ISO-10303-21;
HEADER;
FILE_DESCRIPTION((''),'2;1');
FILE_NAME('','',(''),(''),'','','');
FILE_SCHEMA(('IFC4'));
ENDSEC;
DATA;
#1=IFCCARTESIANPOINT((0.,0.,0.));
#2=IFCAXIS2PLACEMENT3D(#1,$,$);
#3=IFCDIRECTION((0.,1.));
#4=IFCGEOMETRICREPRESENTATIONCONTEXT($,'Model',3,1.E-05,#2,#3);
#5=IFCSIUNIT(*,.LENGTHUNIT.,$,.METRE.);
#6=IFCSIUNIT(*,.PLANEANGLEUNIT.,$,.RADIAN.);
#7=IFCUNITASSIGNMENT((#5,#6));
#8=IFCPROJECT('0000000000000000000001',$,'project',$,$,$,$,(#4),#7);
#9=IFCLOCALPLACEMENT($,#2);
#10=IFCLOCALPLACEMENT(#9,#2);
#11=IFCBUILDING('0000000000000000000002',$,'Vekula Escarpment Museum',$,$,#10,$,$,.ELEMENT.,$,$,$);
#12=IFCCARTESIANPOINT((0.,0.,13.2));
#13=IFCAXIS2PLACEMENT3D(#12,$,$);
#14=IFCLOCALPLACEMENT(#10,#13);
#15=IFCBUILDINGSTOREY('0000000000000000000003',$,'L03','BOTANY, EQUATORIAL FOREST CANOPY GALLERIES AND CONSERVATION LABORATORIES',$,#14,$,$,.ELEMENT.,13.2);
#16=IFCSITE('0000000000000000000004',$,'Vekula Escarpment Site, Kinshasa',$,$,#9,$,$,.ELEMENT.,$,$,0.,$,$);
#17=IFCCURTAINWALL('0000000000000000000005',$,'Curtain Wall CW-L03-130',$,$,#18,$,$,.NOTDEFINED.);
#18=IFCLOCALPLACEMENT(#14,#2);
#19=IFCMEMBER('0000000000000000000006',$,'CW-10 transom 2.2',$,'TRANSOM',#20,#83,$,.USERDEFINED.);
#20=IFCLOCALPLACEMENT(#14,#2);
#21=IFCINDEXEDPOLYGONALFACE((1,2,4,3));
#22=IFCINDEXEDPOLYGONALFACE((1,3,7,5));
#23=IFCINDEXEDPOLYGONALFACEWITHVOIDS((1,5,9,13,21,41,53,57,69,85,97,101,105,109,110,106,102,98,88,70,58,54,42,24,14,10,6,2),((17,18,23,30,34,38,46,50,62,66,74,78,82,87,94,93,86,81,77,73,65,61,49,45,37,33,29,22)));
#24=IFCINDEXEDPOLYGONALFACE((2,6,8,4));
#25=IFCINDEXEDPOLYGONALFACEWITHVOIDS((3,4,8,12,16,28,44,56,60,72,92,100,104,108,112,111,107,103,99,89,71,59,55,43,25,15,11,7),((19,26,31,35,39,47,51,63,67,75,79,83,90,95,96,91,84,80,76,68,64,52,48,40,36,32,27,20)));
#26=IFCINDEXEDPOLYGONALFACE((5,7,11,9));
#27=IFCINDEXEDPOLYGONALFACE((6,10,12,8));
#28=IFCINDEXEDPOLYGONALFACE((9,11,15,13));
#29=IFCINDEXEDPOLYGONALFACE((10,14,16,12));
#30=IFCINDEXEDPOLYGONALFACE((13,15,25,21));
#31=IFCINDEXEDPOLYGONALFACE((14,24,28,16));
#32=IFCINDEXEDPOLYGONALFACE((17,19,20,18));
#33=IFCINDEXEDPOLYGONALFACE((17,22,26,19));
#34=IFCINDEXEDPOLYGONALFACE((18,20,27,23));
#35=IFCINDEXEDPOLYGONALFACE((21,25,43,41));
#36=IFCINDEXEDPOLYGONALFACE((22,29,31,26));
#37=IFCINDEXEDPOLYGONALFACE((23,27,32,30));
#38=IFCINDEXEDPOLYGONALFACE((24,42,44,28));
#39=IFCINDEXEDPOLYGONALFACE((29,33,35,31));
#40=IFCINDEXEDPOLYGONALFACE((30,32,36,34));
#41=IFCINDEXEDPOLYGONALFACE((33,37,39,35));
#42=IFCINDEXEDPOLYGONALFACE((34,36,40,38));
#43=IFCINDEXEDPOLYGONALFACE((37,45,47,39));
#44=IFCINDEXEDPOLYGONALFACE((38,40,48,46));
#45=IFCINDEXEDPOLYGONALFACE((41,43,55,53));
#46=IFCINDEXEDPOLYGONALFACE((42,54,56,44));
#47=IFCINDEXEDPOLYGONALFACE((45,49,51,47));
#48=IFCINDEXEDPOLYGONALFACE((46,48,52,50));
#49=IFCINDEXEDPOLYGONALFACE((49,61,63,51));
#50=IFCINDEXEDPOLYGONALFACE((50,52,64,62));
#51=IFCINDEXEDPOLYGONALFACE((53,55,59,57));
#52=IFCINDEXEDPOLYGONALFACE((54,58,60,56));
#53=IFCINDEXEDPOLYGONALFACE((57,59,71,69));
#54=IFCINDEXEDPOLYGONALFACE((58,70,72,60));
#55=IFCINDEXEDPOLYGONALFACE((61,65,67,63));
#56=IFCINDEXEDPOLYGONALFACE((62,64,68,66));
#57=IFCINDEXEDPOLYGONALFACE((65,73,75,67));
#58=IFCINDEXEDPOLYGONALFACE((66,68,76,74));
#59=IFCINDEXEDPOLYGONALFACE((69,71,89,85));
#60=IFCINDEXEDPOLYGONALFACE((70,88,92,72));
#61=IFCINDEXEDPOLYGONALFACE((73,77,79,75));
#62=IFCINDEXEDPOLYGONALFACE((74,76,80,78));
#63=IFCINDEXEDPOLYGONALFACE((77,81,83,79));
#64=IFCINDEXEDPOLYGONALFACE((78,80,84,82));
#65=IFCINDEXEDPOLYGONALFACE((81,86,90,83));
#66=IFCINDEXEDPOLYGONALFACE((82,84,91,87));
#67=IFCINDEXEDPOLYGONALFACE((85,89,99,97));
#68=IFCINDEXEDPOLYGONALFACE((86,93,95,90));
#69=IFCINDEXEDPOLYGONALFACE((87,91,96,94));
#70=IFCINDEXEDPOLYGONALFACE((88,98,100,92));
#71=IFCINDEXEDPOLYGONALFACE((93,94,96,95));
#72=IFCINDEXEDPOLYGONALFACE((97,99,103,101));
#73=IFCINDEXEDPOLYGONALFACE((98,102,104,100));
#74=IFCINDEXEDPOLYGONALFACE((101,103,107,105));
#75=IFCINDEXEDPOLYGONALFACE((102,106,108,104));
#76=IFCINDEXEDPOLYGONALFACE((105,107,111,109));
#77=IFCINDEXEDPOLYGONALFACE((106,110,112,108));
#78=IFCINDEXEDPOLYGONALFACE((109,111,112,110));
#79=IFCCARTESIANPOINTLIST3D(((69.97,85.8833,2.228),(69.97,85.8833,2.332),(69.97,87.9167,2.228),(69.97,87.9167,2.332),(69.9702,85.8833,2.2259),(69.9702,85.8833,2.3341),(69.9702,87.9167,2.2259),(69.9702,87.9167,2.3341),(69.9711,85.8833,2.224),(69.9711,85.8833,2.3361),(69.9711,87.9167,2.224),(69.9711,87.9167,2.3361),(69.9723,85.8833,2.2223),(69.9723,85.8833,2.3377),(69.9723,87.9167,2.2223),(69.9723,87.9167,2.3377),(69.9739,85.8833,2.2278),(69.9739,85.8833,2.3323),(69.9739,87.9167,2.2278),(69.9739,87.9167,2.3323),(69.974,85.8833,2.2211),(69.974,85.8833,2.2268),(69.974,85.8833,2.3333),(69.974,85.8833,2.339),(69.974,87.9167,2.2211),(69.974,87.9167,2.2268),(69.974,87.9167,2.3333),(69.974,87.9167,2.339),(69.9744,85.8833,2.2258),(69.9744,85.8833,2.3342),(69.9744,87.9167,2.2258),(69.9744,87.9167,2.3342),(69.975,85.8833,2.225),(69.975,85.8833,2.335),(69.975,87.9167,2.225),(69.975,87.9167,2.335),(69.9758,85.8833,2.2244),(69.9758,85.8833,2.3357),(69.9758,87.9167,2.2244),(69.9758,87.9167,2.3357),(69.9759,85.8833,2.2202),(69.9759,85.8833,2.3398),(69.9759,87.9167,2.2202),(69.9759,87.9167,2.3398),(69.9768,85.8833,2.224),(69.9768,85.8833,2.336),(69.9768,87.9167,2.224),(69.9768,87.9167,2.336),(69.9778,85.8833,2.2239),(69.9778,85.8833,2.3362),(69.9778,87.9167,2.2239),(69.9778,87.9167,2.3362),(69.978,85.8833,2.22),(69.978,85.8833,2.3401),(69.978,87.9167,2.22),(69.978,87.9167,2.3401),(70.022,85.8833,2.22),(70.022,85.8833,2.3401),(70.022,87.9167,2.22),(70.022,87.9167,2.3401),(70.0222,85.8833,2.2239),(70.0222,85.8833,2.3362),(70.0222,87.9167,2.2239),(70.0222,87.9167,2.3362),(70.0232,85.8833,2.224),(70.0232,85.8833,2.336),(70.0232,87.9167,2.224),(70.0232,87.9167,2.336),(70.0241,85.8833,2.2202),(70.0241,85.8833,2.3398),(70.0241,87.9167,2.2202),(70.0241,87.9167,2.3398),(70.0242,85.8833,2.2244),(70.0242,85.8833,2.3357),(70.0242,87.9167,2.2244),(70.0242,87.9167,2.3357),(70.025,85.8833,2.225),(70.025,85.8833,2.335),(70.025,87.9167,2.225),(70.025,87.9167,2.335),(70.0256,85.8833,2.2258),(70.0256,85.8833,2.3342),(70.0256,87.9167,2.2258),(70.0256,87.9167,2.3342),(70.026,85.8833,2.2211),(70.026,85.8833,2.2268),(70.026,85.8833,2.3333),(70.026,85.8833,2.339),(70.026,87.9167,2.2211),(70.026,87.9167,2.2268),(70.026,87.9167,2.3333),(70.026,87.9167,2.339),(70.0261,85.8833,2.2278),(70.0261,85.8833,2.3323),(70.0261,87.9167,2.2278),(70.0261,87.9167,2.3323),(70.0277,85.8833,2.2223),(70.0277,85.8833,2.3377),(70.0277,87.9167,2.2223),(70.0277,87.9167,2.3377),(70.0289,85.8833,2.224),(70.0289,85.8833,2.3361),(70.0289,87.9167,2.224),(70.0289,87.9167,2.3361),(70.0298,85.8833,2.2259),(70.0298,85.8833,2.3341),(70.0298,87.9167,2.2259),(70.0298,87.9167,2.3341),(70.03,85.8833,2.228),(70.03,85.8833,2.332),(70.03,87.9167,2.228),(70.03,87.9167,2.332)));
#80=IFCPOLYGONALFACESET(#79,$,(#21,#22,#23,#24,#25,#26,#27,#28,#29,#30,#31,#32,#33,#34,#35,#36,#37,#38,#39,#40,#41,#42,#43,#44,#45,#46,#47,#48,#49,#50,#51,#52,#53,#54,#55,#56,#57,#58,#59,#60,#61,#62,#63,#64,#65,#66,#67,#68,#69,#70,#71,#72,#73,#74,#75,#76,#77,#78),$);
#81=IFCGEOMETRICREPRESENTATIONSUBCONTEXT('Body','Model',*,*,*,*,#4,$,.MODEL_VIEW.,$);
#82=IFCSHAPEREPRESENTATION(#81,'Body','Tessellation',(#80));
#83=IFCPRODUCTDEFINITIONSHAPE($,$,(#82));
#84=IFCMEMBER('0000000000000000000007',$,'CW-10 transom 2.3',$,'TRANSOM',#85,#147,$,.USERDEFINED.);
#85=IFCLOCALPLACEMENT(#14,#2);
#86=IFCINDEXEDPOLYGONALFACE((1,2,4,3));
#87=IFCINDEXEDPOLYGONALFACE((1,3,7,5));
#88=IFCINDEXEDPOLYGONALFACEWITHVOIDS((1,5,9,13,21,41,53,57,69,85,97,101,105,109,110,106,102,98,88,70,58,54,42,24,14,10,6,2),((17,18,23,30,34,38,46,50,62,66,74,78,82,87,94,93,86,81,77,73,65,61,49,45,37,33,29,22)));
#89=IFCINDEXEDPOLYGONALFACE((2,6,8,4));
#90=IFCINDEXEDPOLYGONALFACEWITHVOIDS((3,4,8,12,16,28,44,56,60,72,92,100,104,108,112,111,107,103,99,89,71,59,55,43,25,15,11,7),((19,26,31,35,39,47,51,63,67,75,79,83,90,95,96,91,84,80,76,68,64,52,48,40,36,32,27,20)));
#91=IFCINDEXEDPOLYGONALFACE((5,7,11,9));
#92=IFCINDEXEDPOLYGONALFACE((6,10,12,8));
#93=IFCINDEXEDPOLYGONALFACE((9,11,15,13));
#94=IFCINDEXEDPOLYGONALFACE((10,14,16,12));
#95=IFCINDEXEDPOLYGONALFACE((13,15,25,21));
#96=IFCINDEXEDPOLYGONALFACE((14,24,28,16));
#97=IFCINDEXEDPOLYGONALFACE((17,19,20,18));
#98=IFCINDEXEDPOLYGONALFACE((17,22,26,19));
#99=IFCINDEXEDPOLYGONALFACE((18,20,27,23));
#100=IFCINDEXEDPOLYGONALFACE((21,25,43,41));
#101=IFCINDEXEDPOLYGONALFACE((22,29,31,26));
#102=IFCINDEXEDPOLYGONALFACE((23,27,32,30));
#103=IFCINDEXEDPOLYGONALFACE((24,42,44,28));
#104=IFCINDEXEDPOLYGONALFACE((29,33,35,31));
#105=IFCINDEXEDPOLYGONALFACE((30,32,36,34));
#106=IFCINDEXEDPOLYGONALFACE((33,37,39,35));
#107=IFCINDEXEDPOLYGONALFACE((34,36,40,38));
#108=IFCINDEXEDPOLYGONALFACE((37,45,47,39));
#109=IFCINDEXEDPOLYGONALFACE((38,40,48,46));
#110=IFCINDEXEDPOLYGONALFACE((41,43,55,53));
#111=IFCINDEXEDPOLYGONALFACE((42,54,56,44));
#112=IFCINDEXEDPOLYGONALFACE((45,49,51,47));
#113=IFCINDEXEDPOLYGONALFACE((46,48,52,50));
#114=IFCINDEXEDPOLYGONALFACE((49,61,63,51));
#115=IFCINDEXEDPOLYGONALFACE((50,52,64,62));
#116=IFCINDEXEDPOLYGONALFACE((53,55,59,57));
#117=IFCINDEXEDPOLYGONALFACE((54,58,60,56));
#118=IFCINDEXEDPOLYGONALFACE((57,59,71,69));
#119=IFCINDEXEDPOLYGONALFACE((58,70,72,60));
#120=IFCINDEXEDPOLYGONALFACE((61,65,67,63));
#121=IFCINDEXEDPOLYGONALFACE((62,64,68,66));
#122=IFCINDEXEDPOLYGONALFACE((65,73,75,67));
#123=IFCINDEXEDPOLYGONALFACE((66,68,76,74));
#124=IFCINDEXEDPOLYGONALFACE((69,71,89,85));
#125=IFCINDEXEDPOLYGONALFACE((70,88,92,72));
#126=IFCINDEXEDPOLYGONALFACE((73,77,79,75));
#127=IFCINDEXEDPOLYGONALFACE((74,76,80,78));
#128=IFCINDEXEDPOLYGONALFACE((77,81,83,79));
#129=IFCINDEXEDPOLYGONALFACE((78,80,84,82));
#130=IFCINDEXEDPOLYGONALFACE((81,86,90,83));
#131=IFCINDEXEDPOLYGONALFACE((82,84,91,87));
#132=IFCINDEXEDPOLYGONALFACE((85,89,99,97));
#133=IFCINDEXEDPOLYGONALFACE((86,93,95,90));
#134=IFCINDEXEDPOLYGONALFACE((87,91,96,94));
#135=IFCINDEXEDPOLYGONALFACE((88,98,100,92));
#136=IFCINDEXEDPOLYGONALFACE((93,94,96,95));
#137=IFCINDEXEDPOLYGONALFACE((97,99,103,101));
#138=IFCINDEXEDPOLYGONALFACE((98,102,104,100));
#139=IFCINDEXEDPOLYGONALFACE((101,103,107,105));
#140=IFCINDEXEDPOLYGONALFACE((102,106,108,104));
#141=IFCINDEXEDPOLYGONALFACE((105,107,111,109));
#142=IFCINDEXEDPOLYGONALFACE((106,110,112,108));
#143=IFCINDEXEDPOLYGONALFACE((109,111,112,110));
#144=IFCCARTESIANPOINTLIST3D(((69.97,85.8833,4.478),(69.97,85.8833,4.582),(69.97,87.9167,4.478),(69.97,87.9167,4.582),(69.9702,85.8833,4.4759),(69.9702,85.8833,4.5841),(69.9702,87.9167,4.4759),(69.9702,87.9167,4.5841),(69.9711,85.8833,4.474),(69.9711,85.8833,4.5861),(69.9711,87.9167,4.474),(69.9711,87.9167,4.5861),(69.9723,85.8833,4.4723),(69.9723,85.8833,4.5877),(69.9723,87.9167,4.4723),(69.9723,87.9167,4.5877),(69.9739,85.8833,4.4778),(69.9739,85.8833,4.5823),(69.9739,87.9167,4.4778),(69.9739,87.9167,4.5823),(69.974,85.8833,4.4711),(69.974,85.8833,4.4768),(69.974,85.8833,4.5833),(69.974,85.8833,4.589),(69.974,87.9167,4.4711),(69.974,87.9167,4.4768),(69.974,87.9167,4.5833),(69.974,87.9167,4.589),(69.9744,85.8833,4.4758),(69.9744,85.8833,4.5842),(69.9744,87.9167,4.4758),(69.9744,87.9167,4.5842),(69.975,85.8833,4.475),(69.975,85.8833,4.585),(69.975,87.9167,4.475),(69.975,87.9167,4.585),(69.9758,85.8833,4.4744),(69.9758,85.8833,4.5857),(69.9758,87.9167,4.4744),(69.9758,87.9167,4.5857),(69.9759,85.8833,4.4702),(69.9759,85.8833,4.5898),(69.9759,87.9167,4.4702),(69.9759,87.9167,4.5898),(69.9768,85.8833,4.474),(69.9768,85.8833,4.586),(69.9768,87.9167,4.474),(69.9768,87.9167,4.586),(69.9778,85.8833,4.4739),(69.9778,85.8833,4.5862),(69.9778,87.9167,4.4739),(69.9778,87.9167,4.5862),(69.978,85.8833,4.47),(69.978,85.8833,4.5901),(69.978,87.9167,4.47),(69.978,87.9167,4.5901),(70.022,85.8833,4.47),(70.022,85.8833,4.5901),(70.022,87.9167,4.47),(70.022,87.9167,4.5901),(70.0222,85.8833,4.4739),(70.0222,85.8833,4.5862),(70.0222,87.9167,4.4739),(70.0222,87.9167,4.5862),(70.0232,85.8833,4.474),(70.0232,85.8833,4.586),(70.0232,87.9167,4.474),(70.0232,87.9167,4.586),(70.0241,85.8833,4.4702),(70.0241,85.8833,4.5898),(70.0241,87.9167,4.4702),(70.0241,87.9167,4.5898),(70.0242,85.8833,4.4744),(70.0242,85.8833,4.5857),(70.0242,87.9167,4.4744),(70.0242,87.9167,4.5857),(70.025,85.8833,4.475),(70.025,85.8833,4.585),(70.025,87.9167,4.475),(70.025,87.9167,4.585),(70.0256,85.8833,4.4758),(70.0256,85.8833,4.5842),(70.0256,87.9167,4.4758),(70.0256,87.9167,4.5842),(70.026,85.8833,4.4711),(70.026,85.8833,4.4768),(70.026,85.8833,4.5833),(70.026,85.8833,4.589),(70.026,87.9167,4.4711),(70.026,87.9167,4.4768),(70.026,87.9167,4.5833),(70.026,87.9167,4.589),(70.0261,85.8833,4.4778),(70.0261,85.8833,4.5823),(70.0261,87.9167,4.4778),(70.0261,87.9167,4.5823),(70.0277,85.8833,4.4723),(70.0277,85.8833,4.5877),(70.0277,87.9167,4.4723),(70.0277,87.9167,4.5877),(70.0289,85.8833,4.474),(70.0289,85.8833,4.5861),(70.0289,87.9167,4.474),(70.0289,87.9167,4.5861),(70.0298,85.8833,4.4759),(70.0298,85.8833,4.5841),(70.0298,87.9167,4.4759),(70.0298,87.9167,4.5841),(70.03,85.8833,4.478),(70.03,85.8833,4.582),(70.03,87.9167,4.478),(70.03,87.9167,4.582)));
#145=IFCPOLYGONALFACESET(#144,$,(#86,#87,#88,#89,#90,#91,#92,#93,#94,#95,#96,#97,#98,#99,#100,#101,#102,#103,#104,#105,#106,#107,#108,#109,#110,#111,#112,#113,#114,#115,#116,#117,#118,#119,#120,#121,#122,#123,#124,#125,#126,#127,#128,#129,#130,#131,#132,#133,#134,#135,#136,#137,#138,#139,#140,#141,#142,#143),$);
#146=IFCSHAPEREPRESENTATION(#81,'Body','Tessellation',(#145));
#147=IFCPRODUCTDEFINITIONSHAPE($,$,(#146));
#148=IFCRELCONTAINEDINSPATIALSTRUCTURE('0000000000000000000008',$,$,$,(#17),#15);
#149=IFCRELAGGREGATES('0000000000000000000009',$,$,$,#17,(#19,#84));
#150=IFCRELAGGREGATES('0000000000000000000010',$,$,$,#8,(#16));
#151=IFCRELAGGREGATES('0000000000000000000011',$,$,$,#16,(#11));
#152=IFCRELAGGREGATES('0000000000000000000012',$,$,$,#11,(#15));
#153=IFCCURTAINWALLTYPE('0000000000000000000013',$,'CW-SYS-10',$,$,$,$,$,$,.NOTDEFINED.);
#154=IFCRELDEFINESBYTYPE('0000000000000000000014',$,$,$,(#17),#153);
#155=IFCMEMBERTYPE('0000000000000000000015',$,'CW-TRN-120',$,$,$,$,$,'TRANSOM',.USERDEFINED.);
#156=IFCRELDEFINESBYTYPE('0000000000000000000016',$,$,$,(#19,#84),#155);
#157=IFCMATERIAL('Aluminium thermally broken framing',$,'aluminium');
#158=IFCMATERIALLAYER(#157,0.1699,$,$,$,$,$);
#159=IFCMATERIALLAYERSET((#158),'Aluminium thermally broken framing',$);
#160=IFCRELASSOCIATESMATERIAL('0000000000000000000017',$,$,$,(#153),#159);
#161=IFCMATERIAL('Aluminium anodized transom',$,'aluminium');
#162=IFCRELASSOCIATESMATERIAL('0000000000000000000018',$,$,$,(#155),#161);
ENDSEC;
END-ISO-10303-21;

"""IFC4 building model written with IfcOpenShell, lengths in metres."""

from ifc_helpers import new_model, si_unit, direction, frame, origin, origin_2d, place, context, subcontext, project, spatial, hollow_rectangle, extrude, material, layer, layer_set, material_profile, profile_set, type_object, element, aggregate, save


model = new_model("IFC4")

# Units and contexts
model_context = context("Model", 3, precision=1e-05, world=origin(), true_north=direction((0.0, 1.0)))
body_context = subcontext(model_context, "Body", "Model", "MODEL_VIEW")
ifc_project = project(units=[si_unit("LENGTHUNIT", "METRE"), si_unit("PLANEANGLEUNIT", "RADIAN")], contexts=[model_context])

# Site, building, storey
site_placement = place(None, origin())
site = spatial("IfcSite", under=ifc_project, at=site_placement, Name="Vekula Escarpment Site, Kinshasa", CompositionType="ELEMENT", RefElevation=0.0)
building_placement = place(site_placement, origin())
building = spatial("IfcBuilding", under=site, at=building_placement, Name="Vekula Escarpment Museum", CompositionType="ELEMENT")
storey_placement = place(building_placement, frame((0.0, 0.0, 13.2)))
storey = spatial("IfcBuildingStorey", under=building, at=storey_placement, Name="L03", Description="BOTANY, EQUATORIAL FOREST CANOPY GALLERIES AND CONSERVATION LABORATORIES", CompositionType="ELEMENT", Elevation=13.2)

# Curtain wall, members
ifc_material_1 = material(Name="Aluminium thermally broken framing", Category="aluminium")
ifc_layer_1 = layer(ifc_material_1, 0.1699)
ifc_layer_set_1 = layer_set([ifc_layer_1], Name="Aluminium thermally broken framing")
curtain_wall_type = type_object("IfcCurtainWallType", Name="CW-SYS-10", PredefinedType="NOTDEFINED", material=ifc_layer_set_1)
curtain_wall_placement = place(storey_placement, origin())
curtain_wall = element("IfcCurtainWall", 1, at=curtain_wall_placement, inside=storey, type_object=curtain_wall_type, Name="Curtain Wall CW-L03-130", PredefinedType="NOTDEFINED")
ifc_material_2 = material(Name="Aluminium anodized transom", Category="aluminium")
ifc_material_profile_1 = material_profile(ifc_material_2, hollow_rectangle(XDim=0.0601, YDim=0.1201, WallThickness=0.0039, InnerFilletRadius=0.0039, OuterFilletRadius=0.0081, at=origin_2d()), Name="ALU 120x60x4")
ifc_profile_set_1 = profile_set([ifc_material_profile_1], Name="Aluminium anodized transom")
member_type_1 = type_object("IfcMemberType", Name="CW-TRN-120", ElementType="TRANSOM", PredefinedType="USERDEFINED", material=ifc_profile_set_1)
member_1_placement = place(storey_placement, frame((70.0, 87.9167, 2.28), z_axis=(0.0, -1.0, 0.0), x_axis=(1.0, 0.0, 0.0)))
member_1 = element("IfcMember", 2, at=member_1_placement, type_object=member_type_1, Name="CW-10 transom 2.2", ObjectType="TRANSOM", PredefinedType="USERDEFINED", context=body_context, shape_type="SweptSolid", body=[
    extrude(hollow_rectangle(XDim=0.0601, YDim=0.1201, WallThickness=0.0039, InnerFilletRadius=0.0039, OuterFilletRadius=0.0081, at=origin_2d()), origin(), (0.0, 0.0, 1.0), 2.0334),
])
member_2_placement = place(storey_placement, frame((70.0, 87.9167, 4.53), z_axis=(0.0, -1.0, 0.0), x_axis=(1.0, 0.0, 0.0)))
member_2 = element("IfcMember", 3, at=member_2_placement, type_object=member_type_1, Name="CW-10 transom 2.3", ObjectType="TRANSOM", PredefinedType="USERDEFINED", context=body_context, shape_type="SweptSolid", body=[
    extrude(hollow_rectangle(XDim=0.0601, YDim=0.1201, WallThickness=0.0039, InnerFilletRadius=0.0039, OuterFilletRadius=0.0081, at=origin_2d()), origin(), (0.0, 0.0, 1.0), 2.0334),
])

aggregate(curtain_wall, [member_1, member_2])

save(model, "model.ifc")
